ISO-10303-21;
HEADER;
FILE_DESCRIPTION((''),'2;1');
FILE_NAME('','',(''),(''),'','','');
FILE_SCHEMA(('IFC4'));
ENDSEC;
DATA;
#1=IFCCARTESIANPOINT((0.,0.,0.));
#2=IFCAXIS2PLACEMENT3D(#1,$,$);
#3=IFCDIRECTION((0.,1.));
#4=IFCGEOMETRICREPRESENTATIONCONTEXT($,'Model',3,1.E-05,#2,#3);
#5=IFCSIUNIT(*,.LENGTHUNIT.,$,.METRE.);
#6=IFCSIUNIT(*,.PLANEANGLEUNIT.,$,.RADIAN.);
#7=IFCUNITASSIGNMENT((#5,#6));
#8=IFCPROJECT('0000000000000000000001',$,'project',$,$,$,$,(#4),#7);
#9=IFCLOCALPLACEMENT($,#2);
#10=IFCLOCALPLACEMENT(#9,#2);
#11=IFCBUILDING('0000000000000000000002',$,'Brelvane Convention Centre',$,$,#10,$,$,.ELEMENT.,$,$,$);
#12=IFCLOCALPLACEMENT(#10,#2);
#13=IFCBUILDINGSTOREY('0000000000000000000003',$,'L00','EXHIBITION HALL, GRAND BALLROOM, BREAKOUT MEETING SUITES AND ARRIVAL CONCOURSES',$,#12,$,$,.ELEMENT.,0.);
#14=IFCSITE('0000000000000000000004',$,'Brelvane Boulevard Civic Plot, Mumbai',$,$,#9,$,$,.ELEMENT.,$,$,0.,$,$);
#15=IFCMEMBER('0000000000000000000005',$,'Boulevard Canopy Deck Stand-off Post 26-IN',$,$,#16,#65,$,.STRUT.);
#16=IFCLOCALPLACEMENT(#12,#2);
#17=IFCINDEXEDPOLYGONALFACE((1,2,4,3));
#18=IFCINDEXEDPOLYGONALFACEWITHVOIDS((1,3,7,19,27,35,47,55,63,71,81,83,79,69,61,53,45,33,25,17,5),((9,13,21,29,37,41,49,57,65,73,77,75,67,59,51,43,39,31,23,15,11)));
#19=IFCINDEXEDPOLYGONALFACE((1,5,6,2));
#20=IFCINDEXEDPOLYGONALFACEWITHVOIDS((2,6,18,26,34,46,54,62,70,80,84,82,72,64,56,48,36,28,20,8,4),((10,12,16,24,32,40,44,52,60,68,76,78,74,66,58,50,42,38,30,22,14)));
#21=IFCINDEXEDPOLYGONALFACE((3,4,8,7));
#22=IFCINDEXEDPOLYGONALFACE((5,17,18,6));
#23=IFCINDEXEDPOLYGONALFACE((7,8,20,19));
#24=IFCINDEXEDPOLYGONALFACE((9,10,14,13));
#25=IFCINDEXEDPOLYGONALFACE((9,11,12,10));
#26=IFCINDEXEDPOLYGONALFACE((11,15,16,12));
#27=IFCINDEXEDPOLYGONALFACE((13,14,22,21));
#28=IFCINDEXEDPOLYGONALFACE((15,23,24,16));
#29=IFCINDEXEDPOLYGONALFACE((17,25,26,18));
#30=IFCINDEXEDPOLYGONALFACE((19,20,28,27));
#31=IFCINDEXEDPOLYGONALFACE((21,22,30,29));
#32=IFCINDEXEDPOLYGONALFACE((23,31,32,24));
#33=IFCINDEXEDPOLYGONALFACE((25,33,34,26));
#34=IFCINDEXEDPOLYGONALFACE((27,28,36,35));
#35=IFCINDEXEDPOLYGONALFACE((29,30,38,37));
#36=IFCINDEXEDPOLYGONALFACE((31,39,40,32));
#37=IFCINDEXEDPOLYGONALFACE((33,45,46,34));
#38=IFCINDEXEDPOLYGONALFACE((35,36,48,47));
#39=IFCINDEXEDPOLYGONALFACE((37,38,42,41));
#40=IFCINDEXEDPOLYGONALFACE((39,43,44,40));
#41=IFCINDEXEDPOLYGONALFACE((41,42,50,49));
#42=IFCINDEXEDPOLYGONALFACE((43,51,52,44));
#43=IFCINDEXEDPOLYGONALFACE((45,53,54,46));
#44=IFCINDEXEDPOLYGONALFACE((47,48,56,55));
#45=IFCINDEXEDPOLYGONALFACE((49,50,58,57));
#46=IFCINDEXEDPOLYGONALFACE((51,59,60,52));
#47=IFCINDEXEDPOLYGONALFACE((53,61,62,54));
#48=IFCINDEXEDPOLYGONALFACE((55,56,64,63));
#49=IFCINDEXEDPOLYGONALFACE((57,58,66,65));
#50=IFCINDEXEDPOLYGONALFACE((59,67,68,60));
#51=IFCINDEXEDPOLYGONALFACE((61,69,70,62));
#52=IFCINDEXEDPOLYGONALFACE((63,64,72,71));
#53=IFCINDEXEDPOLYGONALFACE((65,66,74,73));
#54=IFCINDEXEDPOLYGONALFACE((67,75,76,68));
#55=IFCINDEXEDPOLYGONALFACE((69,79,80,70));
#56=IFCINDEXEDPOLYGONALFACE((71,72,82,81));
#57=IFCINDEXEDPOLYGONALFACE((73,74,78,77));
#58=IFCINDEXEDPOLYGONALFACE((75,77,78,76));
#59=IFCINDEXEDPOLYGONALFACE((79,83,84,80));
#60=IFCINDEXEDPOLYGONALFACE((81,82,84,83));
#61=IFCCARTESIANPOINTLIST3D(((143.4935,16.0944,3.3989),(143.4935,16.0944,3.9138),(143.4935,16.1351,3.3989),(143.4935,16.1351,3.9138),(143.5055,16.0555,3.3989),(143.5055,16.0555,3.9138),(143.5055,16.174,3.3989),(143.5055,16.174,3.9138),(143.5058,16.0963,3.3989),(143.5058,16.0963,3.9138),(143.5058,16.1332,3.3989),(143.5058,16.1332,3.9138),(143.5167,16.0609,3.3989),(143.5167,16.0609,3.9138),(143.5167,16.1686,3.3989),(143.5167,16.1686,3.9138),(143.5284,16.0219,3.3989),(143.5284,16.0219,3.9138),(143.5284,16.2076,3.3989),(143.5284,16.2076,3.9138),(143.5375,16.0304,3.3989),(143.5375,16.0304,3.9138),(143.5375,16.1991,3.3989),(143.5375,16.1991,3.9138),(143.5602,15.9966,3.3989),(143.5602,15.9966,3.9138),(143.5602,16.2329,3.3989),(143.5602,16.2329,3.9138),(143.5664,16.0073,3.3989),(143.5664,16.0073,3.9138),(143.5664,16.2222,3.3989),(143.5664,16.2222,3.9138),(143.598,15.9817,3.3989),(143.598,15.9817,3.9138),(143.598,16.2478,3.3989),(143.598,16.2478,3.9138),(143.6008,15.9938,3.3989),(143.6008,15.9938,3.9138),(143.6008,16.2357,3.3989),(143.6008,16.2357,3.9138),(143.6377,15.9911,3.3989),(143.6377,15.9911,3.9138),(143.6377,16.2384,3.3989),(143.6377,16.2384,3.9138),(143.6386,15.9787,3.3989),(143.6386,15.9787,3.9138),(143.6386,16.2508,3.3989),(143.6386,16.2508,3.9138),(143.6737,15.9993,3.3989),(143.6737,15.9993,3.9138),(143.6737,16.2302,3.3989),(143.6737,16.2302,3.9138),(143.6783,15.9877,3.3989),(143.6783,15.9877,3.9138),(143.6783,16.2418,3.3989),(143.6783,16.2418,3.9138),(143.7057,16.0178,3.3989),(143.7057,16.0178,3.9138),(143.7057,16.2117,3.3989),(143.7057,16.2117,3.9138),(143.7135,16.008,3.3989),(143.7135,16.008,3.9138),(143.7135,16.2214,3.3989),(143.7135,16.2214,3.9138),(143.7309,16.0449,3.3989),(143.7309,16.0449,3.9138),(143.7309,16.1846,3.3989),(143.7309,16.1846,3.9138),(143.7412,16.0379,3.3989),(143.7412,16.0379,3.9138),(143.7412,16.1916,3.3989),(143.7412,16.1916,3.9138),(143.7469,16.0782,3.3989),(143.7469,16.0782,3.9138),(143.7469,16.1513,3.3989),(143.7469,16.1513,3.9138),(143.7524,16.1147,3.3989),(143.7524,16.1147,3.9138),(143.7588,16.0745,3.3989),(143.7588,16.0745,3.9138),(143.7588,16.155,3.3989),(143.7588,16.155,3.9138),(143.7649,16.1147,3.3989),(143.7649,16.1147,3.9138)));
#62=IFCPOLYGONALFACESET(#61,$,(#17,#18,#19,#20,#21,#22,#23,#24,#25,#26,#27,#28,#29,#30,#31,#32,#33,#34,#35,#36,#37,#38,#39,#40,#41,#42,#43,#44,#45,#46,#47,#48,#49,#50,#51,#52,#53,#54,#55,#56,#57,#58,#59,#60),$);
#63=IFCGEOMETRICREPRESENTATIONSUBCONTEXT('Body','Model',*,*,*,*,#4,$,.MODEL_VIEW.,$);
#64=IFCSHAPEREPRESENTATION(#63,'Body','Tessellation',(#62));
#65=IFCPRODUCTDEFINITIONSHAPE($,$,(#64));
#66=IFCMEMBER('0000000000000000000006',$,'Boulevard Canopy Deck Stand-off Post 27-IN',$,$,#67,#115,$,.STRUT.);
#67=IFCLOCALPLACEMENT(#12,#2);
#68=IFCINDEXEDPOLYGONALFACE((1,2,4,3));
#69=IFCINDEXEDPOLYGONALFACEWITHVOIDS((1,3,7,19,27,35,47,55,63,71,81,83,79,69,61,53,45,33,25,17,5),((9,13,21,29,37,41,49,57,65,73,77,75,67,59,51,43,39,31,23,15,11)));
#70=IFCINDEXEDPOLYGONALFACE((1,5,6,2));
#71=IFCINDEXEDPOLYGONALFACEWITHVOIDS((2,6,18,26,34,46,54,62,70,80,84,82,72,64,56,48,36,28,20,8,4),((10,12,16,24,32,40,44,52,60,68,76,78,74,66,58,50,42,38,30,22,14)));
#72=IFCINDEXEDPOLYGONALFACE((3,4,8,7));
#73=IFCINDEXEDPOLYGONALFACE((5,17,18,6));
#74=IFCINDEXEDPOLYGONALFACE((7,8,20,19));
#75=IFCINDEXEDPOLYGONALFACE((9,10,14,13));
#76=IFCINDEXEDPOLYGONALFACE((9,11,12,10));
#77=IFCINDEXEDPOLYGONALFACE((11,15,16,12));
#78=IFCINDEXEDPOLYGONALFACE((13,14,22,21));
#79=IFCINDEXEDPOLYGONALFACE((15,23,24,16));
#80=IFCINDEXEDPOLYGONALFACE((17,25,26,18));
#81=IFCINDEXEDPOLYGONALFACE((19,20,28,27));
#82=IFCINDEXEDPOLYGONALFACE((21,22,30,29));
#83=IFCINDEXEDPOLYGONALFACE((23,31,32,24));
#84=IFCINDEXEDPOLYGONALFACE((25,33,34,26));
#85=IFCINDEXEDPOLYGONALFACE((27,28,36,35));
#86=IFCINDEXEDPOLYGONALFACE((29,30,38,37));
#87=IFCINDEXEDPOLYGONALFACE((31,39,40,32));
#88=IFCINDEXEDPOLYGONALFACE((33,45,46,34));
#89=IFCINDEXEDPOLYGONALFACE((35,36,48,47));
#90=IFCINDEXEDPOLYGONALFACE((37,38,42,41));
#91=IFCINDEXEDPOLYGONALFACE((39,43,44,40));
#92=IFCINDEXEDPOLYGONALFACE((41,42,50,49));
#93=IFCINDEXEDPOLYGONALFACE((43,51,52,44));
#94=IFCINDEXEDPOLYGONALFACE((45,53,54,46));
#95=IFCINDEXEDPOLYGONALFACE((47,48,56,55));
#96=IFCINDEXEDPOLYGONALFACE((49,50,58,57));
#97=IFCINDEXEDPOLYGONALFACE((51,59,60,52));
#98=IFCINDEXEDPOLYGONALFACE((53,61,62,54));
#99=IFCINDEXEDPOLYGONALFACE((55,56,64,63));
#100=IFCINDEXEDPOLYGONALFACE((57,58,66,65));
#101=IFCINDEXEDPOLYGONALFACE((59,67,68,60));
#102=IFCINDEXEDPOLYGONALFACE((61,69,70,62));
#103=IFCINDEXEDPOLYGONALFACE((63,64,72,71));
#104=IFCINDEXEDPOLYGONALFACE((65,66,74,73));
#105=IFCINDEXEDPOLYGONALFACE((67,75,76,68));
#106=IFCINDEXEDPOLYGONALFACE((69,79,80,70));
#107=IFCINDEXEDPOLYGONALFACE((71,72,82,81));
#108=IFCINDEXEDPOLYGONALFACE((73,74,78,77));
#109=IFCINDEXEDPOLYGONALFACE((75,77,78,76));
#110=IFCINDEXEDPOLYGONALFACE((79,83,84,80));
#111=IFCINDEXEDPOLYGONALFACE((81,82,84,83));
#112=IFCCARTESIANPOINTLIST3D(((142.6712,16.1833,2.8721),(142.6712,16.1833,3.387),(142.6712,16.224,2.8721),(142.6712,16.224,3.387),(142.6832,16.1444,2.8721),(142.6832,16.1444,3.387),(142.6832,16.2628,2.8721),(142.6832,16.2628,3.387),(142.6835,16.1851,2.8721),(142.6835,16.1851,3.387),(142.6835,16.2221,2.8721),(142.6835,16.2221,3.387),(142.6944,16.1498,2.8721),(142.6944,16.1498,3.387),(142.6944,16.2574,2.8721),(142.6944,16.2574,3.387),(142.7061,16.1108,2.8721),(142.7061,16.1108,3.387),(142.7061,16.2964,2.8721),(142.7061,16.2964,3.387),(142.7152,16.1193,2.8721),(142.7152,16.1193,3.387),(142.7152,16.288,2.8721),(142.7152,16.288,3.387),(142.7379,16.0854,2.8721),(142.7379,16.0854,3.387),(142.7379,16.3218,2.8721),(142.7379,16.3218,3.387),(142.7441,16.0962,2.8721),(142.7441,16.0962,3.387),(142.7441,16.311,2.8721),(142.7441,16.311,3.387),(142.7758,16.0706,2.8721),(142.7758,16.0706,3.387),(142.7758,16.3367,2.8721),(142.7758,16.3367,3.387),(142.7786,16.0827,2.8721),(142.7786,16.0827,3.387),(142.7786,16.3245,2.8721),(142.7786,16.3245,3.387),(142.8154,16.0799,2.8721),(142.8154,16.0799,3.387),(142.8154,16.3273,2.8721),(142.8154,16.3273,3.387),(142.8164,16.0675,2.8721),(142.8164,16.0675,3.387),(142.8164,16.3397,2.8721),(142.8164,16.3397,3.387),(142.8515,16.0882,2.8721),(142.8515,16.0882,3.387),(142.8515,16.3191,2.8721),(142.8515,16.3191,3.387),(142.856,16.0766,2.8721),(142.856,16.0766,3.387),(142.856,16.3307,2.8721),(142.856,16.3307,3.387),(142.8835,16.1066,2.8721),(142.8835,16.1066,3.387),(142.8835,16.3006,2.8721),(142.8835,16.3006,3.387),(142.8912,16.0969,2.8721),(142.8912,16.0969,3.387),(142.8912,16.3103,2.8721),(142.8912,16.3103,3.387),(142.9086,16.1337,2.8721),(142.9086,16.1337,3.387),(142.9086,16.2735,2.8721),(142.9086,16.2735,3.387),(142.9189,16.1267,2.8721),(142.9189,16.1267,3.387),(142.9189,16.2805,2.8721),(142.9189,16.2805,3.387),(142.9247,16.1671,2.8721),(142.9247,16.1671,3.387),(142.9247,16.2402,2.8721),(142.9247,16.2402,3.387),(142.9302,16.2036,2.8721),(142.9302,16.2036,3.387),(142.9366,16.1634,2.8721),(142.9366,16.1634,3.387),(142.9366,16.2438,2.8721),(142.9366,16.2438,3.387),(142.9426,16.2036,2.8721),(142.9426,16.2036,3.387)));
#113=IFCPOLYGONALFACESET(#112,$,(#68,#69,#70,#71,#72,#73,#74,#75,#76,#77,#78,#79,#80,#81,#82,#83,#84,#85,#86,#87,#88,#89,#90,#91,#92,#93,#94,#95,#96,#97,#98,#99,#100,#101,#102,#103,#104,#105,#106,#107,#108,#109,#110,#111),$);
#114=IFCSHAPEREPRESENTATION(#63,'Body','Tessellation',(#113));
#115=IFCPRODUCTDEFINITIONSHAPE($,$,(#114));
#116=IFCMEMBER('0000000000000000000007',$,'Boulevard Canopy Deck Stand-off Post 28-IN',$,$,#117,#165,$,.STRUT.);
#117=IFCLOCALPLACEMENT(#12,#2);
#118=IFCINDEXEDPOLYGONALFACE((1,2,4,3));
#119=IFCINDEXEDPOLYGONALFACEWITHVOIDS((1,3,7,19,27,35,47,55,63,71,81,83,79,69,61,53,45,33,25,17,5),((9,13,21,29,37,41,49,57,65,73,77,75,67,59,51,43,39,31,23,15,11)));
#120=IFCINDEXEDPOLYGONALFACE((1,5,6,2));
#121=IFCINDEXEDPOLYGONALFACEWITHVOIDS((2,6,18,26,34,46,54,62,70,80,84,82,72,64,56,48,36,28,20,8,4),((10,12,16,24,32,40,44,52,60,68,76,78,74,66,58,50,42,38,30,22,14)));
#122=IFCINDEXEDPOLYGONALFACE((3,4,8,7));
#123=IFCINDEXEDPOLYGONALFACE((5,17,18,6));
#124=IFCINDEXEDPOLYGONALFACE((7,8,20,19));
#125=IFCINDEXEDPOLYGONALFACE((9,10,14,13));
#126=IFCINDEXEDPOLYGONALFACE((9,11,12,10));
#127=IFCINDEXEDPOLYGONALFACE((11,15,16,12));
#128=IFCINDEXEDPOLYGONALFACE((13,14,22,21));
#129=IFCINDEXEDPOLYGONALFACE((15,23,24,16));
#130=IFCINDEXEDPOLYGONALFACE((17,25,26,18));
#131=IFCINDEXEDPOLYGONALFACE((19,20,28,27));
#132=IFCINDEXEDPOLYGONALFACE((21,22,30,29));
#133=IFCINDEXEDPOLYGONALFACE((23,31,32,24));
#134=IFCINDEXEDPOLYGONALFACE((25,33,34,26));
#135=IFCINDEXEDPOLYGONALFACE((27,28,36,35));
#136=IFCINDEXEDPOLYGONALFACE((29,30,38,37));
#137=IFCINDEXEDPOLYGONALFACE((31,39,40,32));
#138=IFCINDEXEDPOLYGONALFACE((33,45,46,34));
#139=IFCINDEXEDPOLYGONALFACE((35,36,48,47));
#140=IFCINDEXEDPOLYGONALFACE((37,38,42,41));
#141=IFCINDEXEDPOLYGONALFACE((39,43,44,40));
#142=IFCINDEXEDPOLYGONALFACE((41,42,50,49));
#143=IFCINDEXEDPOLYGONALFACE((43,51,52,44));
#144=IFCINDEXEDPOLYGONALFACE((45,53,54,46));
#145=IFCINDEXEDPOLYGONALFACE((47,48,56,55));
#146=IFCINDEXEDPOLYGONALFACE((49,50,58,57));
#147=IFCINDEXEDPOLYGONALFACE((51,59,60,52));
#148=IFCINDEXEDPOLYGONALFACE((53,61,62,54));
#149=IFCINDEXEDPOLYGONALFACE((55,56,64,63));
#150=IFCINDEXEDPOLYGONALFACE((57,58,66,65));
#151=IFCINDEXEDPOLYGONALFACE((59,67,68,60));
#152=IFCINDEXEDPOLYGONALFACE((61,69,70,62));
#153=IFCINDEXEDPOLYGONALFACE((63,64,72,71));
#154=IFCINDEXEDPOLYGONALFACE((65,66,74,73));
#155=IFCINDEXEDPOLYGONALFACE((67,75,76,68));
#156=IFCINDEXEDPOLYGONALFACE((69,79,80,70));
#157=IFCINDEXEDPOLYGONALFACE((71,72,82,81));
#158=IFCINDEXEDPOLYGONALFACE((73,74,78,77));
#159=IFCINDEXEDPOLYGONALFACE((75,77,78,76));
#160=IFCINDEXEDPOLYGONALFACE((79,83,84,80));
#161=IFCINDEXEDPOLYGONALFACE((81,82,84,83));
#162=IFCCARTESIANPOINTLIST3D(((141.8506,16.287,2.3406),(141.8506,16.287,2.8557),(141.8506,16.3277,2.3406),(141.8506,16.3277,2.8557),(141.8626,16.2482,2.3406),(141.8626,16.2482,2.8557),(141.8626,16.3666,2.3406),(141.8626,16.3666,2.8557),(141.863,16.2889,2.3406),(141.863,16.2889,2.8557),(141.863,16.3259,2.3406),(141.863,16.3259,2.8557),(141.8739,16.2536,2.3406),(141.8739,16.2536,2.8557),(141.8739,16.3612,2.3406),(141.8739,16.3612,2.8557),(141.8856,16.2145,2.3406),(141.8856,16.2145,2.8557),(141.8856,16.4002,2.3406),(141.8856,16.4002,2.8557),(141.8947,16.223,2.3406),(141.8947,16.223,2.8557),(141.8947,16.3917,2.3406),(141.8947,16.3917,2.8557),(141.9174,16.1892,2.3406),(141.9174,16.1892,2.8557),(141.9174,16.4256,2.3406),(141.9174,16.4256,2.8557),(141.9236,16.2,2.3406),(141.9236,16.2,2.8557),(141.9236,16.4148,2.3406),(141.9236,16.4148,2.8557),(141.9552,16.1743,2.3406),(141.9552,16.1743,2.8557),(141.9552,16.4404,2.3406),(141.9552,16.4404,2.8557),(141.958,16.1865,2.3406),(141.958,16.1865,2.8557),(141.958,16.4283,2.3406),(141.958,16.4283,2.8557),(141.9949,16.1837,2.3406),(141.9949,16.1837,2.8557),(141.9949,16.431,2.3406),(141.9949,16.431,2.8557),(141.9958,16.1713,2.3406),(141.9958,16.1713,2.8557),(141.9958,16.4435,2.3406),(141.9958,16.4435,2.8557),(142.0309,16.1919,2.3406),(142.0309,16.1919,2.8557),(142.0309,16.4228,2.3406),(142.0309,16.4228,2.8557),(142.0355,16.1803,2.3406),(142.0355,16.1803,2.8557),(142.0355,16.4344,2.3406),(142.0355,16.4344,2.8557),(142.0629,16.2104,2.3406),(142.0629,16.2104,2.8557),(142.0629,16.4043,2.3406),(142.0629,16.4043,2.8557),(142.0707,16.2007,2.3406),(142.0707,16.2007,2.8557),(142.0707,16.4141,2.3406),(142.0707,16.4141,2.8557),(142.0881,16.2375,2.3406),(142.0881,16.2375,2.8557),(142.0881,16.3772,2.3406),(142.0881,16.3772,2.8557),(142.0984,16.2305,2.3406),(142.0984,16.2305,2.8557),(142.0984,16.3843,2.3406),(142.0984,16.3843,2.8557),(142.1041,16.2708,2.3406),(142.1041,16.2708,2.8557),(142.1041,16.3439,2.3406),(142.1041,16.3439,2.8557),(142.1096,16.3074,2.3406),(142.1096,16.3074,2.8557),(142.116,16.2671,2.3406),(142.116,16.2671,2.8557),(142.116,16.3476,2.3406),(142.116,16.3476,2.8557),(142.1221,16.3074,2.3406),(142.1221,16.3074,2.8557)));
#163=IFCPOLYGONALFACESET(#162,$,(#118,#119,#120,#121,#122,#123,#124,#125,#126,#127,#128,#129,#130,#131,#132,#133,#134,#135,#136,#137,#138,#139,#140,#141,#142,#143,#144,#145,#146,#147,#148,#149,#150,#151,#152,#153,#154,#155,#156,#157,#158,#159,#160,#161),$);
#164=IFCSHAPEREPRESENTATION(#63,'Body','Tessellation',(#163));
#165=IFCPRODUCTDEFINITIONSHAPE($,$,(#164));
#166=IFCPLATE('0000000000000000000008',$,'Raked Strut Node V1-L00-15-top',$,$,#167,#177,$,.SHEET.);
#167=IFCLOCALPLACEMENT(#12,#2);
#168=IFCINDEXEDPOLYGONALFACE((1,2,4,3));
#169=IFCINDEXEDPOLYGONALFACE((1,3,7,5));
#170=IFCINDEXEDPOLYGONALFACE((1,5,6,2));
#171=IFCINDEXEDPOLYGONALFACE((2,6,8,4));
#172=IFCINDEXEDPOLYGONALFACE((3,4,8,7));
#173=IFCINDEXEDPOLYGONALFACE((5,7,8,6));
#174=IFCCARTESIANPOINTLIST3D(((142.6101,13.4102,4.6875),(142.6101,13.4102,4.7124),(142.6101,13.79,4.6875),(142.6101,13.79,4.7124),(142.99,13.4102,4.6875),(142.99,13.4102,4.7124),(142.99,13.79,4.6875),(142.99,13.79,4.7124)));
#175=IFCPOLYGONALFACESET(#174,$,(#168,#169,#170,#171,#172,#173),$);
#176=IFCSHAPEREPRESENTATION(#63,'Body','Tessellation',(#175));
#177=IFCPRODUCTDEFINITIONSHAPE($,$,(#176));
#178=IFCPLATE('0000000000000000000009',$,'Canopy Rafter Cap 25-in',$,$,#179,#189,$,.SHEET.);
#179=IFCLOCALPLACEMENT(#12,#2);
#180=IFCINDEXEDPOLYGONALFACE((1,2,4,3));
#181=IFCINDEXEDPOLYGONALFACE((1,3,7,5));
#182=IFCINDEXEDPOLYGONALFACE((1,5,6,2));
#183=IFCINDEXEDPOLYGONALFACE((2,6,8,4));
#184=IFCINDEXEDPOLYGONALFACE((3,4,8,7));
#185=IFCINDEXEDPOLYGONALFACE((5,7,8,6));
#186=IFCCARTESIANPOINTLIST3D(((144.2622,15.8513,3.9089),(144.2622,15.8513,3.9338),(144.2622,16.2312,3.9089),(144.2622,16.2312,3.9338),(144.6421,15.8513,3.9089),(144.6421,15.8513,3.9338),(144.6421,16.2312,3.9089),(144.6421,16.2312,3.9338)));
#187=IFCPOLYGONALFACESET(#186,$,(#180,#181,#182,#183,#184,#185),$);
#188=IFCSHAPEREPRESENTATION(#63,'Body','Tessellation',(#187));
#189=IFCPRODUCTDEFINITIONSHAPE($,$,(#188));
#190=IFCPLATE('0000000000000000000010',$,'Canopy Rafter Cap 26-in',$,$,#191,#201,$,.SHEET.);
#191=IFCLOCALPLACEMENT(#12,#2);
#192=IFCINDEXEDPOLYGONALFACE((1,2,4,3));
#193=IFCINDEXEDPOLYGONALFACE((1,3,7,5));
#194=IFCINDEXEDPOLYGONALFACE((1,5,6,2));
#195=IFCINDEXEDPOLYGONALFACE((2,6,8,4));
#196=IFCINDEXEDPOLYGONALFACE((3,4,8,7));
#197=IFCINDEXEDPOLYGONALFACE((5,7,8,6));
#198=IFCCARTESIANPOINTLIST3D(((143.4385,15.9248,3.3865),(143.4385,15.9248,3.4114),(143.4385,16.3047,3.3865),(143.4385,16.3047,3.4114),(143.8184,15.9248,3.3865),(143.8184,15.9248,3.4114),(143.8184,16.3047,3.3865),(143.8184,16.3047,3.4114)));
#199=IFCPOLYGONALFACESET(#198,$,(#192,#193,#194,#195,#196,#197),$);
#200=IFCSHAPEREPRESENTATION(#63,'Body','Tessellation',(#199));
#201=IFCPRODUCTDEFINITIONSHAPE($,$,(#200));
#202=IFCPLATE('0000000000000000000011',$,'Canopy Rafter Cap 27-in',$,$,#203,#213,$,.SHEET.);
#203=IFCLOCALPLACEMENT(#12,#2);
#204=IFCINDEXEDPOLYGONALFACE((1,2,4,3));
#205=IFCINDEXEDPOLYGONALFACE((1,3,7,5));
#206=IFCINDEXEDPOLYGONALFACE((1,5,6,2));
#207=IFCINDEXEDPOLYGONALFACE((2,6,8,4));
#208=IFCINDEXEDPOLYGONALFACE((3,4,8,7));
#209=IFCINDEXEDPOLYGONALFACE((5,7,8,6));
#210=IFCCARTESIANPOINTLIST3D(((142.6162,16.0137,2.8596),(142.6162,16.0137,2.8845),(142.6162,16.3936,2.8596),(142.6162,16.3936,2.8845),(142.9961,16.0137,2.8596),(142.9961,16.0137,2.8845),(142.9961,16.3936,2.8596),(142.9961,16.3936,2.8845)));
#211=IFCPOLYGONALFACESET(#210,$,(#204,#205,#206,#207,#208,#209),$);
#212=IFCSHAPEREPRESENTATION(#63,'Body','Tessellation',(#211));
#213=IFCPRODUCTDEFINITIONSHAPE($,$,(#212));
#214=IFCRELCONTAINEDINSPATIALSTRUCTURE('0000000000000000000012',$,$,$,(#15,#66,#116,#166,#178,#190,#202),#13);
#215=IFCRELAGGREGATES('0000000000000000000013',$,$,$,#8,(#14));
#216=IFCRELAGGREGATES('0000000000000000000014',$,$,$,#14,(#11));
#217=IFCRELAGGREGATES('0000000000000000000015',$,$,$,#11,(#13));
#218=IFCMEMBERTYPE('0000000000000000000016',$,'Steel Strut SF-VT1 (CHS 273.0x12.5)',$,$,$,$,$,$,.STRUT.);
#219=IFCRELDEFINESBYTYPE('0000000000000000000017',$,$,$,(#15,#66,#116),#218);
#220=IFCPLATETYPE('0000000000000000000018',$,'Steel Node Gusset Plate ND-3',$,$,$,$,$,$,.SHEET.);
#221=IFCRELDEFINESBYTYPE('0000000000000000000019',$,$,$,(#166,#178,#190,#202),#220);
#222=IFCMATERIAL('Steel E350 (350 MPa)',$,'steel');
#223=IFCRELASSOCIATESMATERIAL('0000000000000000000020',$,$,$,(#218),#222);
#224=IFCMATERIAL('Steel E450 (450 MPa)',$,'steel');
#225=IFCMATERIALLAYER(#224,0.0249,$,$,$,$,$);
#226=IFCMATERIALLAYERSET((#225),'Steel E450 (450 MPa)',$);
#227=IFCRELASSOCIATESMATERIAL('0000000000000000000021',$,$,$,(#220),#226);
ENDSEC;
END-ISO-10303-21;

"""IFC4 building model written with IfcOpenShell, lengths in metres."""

from ifc_helpers import new_model, si_unit, direction, frame, origin, origin_2d, place, context, subcontext, project, spatial, rectangle, hollow_circle, extrude, material, layer, layer_set, material_profile, profile_set, type_object, element, save


model = new_model("IFC4")

# Units and contexts
model_context = context("Model", 3, precision=1e-05, world=origin(), true_north=direction((0.0, 1.0)))
body_context = subcontext(model_context, "Body", "Model", "MODEL_VIEW")
ifc_project = project(units=[si_unit("LENGTHUNIT", "METRE"), si_unit("PLANEANGLEUNIT", "RADIAN")], contexts=[model_context])

# Site, building, storey
site_placement = place(None, origin())
site = spatial("IfcSite", under=ifc_project, at=site_placement, Name="Brelvane Boulevard Civic Plot, Mumbai", CompositionType="ELEMENT", RefElevation=0.0)
building_placement = place(site_placement, origin())
building = spatial("IfcBuilding", under=site, at=building_placement, Name="Brelvane Convention Centre", CompositionType="ELEMENT")
storey_placement = place(building_placement, origin())
storey = spatial("IfcBuildingStorey", under=building, at=storey_placement, Name="L00", Description="EXHIBITION HALL, GRAND BALLROOM, BREAKOUT MEETING SUITES AND ARRIVAL CONCOURSES", CompositionType="ELEMENT", Elevation=0.0)

# Members
ifc_material_1 = material(Name="Steel E350 (350 MPa)", Category="steel")
ifc_material_profile_1 = material_profile(ifc_material_1, hollow_circle(Radius=0.1365, WallThickness=0.0125, at=origin_2d()), Name="CHS 273.0x12.5")
ifc_profile_set_1 = profile_set([ifc_material_profile_1], Name="Steel E350 (350 MPa)")
member_type_1 = type_object("IfcMemberType", Name="Steel Strut SF-VT1 (CHS 273.0x12.5)", PredefinedType="STRUT", material=ifc_profile_set_1)
for number, where, z_axis, x_axis, name in (
    (1, (143.6284, 16.1147, 3.3989), (0.0, 0.0, 1.0), (1.0, 0.0, 0.0), "Boulevard Canopy Deck Stand-off Post 26-IN"),
    (2, (142.8062, 16.2036, 2.8721), (0.0, 0.0, 1.0), (1.0, 0.0, 0.0), "Boulevard Canopy Deck Stand-off Post 27-IN"),
):
    element("IfcMember", number, at=place(storey_placement, frame(where, z_axis=z_axis, x_axis=x_axis)), inside=storey, type_object=member_type_1, Name=name, PredefinedType="STRUT", context=body_context, shape_type="SweptSolid", body=[
        extrude(hollow_circle(Radius=0.1365, WallThickness=0.0125, at=origin_2d()), origin(), (0.0, 0.0, 1.0), 0.5149),
    ])
member_1_placement = place(storey_placement, frame((141.9856, 16.3074, 2.3406), z_axis=(0.0, 0.0, 1.0), x_axis=(1.0, 0.0, 0.0)))
element("IfcMember", 3, at=member_1_placement, inside=storey, type_object=member_type_1, Name="Boulevard Canopy Deck Stand-off Post 28-IN", PredefinedType="STRUT", context=body_context, shape_type="SweptSolid", body=[
    extrude(hollow_circle(Radius=0.1365, WallThickness=0.0125, at=origin_2d()), origin(), (0.0, 0.0, 1.0), 0.5151),
])

# Plates
ifc_material_2 = material(Name="Steel E450 (450 MPa)", Category="steel")
ifc_layer_1 = layer(ifc_material_2, 0.0249)
ifc_layer_set_1 = layer_set([ifc_layer_1], Name="Steel E450 (450 MPa)")
plate_type_1 = type_object("IfcPlateType", Name="Steel Node Gusset Plate ND-3", PredefinedType="SHEET", material=ifc_layer_set_1)
for number, where, z_axis, x_axis, name in (
    (4, (142.8, 13.6001, 4.6875), (0.0, 0.0, 1.0), (1.0, 0.0, 0.0), "Raked Strut Node V1-L00-15-top"),
    (5, (144.4521, 16.0413, 3.9089), (0.0, 0.0, 1.0), (1.0, 0.0, 0.0), "Canopy Rafter Cap 25-in"),
    (6, (143.6284, 16.1147, 3.3865), (0.0, 0.0, 1.0), (1.0, 0.0, 0.0), "Canopy Rafter Cap 26-in"),
    (7, (142.8062, 16.2036, 2.8596), (0.0, 0.0, 1.0), (1.0, 0.0, 0.0), "Canopy Rafter Cap 27-in"),
):
    element("IfcPlate", number, at=place(storey_placement, frame(where, z_axis=z_axis, x_axis=x_axis)), inside=storey, type_object=plate_type_1, Name=name, PredefinedType="SHEET", context=body_context, shape_type="SweptSolid", body=[
        extrude(rectangle(XDim=0.3799, YDim=0.3799, at=origin_2d()), origin(), (0.0, 0.0, 1.0), 0.0249),
    ])

save(model, "model.ifc")
